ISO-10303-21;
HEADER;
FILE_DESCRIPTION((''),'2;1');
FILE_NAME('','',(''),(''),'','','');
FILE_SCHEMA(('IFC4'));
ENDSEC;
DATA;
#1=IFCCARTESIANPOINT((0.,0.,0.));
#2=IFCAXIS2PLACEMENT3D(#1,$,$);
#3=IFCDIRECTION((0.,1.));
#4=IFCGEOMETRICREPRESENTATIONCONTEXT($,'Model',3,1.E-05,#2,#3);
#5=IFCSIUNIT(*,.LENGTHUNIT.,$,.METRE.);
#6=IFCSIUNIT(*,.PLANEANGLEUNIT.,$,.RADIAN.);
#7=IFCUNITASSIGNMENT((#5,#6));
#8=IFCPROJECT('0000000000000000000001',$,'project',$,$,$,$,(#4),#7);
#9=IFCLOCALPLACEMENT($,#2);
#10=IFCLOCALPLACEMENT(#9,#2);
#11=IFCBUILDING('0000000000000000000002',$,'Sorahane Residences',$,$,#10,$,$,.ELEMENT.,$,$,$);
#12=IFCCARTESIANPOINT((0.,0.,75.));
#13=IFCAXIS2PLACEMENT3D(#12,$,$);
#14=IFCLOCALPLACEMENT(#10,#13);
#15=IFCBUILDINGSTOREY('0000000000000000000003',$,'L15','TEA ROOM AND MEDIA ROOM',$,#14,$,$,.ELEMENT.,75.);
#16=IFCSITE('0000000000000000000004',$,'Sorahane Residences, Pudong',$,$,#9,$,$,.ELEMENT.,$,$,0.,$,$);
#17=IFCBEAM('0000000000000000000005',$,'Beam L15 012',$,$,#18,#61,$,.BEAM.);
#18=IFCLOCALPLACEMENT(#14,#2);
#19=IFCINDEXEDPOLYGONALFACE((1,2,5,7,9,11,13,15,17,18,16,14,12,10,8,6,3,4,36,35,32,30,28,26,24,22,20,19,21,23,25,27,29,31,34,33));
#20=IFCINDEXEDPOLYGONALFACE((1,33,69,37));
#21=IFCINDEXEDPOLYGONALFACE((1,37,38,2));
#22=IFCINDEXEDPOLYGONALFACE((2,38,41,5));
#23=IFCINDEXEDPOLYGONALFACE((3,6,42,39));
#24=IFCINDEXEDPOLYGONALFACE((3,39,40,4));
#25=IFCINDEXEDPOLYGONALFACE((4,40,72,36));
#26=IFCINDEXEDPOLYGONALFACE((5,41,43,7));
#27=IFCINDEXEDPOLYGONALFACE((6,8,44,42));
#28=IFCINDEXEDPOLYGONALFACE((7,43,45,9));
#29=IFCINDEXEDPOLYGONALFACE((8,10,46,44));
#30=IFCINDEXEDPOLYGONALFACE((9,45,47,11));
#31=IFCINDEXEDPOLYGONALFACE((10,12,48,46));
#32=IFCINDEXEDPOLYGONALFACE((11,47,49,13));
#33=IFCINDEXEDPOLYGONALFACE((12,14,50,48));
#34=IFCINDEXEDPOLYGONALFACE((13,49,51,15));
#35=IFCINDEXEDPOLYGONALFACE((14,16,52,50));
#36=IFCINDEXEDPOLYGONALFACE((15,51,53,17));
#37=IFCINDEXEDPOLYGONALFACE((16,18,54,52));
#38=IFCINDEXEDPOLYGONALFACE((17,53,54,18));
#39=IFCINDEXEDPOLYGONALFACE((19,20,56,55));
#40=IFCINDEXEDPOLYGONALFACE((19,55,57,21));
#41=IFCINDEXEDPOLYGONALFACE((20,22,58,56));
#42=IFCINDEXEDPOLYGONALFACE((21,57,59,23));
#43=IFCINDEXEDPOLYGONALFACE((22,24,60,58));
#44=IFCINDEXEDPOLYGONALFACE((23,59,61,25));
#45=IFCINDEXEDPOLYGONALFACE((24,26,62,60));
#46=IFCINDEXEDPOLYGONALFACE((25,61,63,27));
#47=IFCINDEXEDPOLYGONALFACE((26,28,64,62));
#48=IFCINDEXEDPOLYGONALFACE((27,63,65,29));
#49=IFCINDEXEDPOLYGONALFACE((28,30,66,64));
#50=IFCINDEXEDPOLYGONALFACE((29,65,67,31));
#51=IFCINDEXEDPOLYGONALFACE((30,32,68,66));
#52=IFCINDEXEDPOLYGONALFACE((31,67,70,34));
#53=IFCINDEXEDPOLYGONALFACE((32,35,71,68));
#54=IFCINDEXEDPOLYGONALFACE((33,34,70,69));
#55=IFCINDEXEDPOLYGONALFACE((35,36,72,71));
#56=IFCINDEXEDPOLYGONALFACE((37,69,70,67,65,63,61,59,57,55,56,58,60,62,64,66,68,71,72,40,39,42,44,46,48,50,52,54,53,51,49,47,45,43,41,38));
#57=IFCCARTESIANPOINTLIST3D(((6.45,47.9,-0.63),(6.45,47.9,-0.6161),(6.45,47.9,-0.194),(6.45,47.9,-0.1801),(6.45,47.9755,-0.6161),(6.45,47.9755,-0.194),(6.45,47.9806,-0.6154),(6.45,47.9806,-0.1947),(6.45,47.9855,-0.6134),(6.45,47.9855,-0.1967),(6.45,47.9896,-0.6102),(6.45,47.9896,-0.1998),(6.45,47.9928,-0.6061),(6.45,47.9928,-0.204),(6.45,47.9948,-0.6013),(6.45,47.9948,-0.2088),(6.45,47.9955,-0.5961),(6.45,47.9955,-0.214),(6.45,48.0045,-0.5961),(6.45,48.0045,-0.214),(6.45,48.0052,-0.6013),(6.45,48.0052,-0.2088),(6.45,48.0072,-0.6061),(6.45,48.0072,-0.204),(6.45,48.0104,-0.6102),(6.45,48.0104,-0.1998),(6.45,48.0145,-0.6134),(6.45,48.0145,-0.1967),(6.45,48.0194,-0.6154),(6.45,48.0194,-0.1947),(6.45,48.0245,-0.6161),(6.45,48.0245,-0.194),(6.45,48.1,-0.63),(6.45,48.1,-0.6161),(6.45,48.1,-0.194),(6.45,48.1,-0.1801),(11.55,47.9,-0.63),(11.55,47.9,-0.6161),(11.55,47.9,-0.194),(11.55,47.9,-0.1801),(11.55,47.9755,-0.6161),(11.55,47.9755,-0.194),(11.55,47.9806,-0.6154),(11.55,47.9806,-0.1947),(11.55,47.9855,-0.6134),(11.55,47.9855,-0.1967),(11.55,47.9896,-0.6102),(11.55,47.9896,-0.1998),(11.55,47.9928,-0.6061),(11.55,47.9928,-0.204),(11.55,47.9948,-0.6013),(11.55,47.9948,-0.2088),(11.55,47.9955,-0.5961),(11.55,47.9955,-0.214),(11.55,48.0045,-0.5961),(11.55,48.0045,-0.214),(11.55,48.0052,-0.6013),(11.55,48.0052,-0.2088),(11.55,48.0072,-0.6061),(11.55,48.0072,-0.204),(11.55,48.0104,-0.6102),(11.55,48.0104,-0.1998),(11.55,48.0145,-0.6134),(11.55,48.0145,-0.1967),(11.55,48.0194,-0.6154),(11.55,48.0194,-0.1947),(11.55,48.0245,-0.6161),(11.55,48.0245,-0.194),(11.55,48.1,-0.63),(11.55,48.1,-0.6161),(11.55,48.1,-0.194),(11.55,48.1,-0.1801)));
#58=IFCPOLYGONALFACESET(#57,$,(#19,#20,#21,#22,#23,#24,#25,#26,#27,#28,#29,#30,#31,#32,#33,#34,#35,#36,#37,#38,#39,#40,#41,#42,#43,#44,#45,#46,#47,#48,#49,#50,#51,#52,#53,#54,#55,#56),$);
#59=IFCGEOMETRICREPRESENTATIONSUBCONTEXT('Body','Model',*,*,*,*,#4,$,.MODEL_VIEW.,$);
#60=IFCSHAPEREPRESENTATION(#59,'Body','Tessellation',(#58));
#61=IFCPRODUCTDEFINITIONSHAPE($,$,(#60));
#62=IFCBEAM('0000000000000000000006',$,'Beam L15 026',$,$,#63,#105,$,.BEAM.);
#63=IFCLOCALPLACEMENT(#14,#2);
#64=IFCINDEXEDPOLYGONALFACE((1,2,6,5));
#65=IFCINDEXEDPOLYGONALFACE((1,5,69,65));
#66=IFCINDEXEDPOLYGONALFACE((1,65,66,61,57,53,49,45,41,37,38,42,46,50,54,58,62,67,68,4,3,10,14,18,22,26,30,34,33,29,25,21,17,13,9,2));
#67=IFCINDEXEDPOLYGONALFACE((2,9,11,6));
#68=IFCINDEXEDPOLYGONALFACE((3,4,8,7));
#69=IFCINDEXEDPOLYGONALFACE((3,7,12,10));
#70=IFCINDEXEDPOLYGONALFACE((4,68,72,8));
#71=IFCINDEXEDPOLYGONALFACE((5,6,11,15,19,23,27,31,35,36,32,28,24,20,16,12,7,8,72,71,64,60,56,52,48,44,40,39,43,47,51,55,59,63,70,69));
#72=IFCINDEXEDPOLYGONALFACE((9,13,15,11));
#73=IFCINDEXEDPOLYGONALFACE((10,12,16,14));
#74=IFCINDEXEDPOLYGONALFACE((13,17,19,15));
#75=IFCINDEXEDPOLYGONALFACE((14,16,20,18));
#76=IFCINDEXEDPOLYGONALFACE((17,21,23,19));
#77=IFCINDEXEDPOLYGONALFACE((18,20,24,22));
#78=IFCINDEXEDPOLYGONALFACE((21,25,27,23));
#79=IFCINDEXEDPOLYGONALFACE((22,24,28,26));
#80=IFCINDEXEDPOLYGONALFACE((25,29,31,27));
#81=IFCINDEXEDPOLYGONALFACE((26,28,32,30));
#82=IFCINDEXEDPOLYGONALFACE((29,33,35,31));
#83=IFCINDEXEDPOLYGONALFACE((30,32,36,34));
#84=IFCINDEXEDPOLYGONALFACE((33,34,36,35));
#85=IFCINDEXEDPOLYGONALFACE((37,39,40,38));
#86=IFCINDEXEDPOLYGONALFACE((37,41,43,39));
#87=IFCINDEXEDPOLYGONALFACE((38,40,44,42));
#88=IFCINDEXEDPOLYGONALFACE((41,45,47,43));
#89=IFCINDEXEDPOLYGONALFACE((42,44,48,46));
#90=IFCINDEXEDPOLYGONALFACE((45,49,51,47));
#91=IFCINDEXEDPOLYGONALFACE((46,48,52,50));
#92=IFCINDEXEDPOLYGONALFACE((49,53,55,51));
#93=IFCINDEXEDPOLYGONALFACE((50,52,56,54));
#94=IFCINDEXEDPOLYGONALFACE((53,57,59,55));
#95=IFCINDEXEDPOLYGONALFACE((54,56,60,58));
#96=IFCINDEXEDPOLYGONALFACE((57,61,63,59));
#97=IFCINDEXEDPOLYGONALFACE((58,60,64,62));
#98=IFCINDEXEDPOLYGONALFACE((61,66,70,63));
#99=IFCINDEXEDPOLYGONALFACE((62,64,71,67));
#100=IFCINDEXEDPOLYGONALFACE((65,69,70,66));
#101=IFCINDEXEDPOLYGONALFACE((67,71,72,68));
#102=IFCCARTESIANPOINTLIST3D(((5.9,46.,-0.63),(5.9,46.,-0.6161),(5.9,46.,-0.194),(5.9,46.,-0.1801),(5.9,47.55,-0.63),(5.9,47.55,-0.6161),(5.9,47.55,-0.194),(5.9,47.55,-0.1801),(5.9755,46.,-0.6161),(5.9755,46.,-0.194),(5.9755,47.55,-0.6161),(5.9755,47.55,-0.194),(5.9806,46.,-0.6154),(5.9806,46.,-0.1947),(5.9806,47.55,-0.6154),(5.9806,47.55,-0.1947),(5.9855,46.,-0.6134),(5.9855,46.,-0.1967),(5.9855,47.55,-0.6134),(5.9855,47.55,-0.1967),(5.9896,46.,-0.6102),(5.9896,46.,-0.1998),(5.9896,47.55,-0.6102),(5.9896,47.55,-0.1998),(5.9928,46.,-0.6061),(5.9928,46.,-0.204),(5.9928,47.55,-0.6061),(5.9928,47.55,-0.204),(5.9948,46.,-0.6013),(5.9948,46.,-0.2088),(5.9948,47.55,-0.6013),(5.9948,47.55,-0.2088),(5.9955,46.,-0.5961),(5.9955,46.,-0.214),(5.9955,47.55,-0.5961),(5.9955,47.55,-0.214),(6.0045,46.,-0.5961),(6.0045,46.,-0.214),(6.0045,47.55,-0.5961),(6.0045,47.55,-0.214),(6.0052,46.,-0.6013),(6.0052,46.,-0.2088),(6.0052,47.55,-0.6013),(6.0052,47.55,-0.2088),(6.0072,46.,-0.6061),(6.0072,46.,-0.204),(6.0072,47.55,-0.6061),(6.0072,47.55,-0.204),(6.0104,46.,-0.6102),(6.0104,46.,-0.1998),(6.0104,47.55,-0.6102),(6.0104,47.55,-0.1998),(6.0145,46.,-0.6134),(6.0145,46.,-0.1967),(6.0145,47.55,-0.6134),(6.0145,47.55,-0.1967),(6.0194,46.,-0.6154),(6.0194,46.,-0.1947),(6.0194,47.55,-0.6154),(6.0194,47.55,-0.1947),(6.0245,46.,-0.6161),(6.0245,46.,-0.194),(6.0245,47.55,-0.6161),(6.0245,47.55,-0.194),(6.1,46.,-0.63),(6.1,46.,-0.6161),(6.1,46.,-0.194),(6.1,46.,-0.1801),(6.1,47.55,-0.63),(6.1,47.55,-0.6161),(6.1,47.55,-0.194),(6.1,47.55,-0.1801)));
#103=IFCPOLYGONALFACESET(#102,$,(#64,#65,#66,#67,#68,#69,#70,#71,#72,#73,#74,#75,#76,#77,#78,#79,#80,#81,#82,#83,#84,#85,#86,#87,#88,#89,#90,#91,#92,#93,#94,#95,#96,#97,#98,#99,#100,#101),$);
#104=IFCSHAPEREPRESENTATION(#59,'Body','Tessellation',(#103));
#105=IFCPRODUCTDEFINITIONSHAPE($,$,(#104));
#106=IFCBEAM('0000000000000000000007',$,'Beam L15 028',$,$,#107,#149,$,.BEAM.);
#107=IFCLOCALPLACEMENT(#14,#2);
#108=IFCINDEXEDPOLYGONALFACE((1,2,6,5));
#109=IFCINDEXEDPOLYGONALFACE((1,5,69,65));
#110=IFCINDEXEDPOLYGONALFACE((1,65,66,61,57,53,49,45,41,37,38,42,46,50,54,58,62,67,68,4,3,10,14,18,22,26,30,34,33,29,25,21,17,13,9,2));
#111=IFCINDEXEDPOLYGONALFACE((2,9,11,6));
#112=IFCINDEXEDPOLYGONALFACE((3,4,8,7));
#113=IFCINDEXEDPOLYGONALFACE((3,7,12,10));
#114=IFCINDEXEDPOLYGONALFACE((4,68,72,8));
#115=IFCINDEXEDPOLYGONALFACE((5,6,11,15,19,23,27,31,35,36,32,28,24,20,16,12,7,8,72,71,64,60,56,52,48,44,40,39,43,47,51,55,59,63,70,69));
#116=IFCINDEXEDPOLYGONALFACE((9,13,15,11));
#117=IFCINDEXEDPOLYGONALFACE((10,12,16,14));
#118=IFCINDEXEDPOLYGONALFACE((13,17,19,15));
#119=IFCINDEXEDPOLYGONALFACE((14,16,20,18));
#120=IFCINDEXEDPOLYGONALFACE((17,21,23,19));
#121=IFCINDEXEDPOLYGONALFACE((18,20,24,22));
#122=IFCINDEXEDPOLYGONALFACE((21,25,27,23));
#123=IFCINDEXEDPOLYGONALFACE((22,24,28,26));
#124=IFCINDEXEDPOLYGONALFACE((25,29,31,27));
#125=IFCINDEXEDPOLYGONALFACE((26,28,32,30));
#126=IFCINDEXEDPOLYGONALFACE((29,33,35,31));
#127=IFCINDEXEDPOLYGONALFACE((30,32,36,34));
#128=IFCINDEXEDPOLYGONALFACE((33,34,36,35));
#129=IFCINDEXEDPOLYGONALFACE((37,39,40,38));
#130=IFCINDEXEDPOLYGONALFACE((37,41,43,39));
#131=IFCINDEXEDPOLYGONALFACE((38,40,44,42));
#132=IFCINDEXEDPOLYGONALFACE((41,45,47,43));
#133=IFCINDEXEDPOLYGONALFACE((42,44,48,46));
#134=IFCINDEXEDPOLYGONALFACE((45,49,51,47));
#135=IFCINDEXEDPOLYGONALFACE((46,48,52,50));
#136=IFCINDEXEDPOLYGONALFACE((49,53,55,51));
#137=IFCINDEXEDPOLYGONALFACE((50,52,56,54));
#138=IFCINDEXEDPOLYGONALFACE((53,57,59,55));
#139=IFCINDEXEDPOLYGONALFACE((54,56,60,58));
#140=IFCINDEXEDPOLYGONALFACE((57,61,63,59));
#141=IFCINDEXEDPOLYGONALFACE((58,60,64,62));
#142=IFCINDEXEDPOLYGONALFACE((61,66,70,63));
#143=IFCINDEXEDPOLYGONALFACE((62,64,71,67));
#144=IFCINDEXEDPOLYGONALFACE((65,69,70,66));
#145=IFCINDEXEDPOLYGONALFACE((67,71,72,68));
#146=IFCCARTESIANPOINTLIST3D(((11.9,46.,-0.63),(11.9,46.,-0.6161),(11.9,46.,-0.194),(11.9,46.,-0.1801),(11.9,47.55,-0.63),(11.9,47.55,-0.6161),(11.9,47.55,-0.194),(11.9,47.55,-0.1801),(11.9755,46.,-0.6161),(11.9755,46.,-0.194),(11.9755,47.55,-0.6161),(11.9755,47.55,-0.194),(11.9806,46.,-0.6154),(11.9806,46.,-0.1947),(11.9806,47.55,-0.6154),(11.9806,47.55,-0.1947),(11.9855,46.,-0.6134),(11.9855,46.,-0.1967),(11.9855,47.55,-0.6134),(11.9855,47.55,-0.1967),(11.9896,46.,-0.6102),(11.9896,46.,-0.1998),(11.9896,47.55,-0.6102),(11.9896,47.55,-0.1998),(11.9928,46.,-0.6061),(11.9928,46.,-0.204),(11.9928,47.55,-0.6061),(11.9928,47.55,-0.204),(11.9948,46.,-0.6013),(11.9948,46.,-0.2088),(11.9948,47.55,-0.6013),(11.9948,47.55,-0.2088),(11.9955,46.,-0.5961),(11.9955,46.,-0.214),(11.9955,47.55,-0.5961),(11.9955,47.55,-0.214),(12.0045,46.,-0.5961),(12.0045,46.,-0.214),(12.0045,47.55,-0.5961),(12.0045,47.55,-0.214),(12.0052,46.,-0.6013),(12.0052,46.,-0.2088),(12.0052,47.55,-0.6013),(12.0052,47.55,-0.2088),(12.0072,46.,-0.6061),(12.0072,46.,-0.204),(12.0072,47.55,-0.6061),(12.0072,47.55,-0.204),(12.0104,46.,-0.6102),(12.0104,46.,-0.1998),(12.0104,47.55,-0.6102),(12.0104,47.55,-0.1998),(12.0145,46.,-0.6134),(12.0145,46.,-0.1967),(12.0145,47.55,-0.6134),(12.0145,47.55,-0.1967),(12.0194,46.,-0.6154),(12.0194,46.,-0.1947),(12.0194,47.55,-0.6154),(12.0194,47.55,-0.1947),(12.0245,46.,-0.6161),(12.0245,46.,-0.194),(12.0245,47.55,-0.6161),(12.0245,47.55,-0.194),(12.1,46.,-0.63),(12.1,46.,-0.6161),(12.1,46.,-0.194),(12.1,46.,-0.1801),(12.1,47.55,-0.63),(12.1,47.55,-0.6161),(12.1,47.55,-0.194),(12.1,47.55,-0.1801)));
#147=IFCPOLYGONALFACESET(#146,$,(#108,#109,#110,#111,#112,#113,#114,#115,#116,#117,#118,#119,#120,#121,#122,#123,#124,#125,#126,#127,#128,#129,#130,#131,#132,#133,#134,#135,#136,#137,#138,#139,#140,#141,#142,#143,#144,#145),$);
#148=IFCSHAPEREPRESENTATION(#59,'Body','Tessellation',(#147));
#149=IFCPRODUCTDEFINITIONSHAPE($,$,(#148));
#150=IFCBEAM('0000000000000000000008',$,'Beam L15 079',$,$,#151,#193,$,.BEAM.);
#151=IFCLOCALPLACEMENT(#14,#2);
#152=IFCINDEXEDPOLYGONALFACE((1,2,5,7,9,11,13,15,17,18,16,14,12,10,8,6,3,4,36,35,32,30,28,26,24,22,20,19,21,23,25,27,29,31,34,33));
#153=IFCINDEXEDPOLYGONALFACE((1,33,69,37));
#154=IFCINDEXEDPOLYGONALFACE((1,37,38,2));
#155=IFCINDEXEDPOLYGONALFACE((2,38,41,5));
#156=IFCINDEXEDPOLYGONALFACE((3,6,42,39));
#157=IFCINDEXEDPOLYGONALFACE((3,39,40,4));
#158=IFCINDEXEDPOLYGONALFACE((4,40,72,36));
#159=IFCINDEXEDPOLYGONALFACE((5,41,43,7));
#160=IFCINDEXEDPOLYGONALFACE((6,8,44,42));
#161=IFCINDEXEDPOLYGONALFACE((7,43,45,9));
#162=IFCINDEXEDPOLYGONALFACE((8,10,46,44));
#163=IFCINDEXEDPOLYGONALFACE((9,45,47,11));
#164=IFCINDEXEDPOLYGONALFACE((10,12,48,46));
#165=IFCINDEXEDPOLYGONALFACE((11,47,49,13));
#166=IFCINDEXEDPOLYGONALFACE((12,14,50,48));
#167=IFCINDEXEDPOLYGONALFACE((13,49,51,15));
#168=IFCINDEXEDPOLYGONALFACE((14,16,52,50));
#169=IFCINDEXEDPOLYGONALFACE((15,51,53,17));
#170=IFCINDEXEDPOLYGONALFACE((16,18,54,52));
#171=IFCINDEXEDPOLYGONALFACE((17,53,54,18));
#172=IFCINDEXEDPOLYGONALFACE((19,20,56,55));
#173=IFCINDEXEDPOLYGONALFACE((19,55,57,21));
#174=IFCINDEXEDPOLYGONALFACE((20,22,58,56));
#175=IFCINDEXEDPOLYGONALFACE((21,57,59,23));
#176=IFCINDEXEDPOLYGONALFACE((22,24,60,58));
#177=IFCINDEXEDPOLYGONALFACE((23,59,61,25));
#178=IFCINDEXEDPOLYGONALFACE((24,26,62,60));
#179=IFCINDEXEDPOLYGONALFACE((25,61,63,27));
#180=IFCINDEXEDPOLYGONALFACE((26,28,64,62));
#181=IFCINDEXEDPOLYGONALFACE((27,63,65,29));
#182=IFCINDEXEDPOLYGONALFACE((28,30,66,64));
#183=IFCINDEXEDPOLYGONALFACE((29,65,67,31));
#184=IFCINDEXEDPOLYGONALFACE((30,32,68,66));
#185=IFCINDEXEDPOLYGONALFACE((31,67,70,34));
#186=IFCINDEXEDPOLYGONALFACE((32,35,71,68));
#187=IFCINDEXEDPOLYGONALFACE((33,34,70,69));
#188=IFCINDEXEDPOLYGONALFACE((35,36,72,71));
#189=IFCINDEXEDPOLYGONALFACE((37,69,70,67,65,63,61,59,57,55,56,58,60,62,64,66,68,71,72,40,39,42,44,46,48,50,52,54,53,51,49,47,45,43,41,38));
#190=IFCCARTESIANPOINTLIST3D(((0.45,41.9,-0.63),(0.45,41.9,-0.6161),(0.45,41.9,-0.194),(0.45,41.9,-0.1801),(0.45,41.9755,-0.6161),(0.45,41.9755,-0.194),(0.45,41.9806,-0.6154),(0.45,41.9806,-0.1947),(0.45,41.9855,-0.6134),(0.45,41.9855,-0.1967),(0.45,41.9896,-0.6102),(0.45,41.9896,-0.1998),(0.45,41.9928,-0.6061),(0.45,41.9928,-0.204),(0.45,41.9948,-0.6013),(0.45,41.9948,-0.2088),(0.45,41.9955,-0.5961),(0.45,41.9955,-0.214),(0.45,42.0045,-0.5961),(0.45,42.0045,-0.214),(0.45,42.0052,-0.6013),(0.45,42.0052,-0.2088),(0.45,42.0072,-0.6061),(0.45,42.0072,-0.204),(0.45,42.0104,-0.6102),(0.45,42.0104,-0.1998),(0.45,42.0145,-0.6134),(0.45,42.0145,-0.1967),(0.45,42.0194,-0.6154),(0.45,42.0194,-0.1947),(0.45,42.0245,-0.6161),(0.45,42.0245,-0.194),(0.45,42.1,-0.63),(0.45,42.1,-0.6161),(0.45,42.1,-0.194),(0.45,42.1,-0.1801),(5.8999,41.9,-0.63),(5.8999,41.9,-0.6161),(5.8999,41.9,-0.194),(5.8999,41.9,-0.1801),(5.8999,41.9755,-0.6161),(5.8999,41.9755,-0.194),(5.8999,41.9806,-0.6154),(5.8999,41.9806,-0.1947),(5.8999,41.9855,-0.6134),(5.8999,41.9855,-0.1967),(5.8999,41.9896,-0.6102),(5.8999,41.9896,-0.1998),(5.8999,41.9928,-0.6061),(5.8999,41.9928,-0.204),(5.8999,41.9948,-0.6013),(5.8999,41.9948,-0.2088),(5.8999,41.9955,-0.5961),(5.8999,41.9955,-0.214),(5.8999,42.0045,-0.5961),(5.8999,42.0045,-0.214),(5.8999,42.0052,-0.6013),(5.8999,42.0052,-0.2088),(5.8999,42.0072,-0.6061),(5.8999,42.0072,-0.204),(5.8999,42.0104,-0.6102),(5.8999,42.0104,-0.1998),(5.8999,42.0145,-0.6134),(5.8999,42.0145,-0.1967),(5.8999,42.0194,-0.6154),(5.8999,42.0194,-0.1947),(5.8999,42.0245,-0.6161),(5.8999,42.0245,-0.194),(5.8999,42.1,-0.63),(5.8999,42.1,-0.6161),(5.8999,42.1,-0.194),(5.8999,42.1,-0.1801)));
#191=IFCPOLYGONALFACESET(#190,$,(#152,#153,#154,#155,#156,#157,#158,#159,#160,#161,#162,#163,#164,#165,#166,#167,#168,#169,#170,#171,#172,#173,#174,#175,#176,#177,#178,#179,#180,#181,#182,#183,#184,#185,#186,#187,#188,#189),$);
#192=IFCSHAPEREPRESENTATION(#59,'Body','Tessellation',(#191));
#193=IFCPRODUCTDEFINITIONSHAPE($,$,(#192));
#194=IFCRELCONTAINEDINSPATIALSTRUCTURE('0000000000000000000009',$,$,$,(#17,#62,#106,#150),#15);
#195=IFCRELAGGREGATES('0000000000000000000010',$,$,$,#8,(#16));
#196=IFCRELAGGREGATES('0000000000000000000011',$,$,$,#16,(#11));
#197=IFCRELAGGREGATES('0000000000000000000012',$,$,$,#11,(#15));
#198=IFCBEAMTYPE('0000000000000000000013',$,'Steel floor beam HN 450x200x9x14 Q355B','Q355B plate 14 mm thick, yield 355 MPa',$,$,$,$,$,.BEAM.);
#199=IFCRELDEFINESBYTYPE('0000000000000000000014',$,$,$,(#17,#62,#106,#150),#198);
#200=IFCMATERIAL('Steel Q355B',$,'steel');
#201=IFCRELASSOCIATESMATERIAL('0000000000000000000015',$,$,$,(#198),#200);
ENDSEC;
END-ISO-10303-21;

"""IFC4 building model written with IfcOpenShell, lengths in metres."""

from ifc_helpers import new_model, si_unit, direction, frame, origin, origin_2d, place, context, subcontext, project, spatial, i_section, extrude, material, material_profile, profile_set, type_object, element, save


model = new_model("IFC4")

# Units and contexts
model_context = context("Model", 3, precision=1e-05, world=origin(), true_north=direction((0.0, 1.0)))
body_context = subcontext(model_context, "Body", "Model", "MODEL_VIEW")
ifc_project = project(units=[si_unit("LENGTHUNIT", "METRE"), si_unit("PLANEANGLEUNIT", "RADIAN")], contexts=[model_context])

# Site, building, storey
site_placement = place(None, origin())
site = spatial("IfcSite", under=ifc_project, at=site_placement, Name="Sorahane Residences, Pudong", CompositionType="ELEMENT", RefElevation=0.0)
building_placement = place(site_placement, origin())
building = spatial("IfcBuilding", under=site, at=building_placement, Name="Sorahane Residences", CompositionType="ELEMENT")
storey_placement = place(building_placement, frame((0.0, 0.0, 75.0)))
storey = spatial("IfcBuildingStorey", under=building, at=storey_placement, Name="L15", Description="TEA ROOM AND MEDIA ROOM", CompositionType="ELEMENT", Elevation=75.0)

# Beams
ifc_material_1 = material(Name="Steel Q355B", Category="steel")
ifc_material_profile_1 = material_profile(ifc_material_1, i_section(OverallWidth=0.2, OverallDepth=0.45, WebThickness=0.009, FlangeThickness=0.0139, FilletRadius=0.02, at=origin_2d()), Name="HN 450x200x9x14")
ifc_profile_set_1 = profile_set([ifc_material_profile_1], Name="Steel Q355B")
beam_type_1 = type_object("IfcBeamType", Name="Steel floor beam HN 450x200x9x14 Q355B", Description="Q355B plate 14 mm thick, yield 355 MPa", PredefinedType="BEAM", material=ifc_profile_set_1)
beam_1_placement = place(storey_placement, frame((6.45, 48.0, -0.405), z_axis=(1.0, 0.0, 0.0), x_axis=(0.0, 1.0, 0.0)))
element("IfcBeam", 1, at=beam_1_placement, inside=storey, type_object=beam_type_1, Name="Beam L15 012", PredefinedType="BEAM", context=body_context, shape_type="SweptSolid", body=[
    extrude(i_section(OverallWidth=0.2, OverallDepth=0.45, WebThickness=0.009, FlangeThickness=0.0139, FilletRadius=0.02, at=origin_2d()), origin(), (0.0, 0.0, 1.0), 5.1001),
])
for number, where, z_axis, x_axis, name in (
    (2, (6.0, 46.0, -0.405), (0.0, 1.0, 0.0), (-1.0, 0.0, 0.0), "Beam L15 026"),
    (3, (12.0, 46.0, -0.405), (0.0, 1.0, 0.0), (-1.0, 0.0, 0.0), "Beam L15 028"),
):
    element("IfcBeam", number, at=place(storey_placement, frame(where, z_axis=z_axis, x_axis=x_axis)), inside=storey, type_object=beam_type_1, Name=name, PredefinedType="BEAM", context=body_context, shape_type="SweptSolid", body=[
        extrude(i_section(OverallWidth=0.2, OverallDepth=0.45, WebThickness=0.009, FlangeThickness=0.0139, FilletRadius=0.02, at=origin_2d()), origin(), (0.0, 0.0, 1.0), 1.55),
    ])
beam_2_placement = place(storey_placement, frame((0.45, 42.0, -0.405), z_axis=(1.0, 0.0, 0.0), x_axis=(0.0, 1.0, 0.0)))
element("IfcBeam", 4, at=beam_2_placement, inside=storey, type_object=beam_type_1, Name="Beam L15 079", PredefinedType="BEAM", context=body_context, shape_type="SweptSolid", body=[
    extrude(i_section(OverallWidth=0.2, OverallDepth=0.45, WebThickness=0.009, FlangeThickness=0.0139, FilletRadius=0.02, at=origin_2d()), origin(), (0.0, 0.0, 1.0), 5.45),
])

save(model, "model.ifc")
